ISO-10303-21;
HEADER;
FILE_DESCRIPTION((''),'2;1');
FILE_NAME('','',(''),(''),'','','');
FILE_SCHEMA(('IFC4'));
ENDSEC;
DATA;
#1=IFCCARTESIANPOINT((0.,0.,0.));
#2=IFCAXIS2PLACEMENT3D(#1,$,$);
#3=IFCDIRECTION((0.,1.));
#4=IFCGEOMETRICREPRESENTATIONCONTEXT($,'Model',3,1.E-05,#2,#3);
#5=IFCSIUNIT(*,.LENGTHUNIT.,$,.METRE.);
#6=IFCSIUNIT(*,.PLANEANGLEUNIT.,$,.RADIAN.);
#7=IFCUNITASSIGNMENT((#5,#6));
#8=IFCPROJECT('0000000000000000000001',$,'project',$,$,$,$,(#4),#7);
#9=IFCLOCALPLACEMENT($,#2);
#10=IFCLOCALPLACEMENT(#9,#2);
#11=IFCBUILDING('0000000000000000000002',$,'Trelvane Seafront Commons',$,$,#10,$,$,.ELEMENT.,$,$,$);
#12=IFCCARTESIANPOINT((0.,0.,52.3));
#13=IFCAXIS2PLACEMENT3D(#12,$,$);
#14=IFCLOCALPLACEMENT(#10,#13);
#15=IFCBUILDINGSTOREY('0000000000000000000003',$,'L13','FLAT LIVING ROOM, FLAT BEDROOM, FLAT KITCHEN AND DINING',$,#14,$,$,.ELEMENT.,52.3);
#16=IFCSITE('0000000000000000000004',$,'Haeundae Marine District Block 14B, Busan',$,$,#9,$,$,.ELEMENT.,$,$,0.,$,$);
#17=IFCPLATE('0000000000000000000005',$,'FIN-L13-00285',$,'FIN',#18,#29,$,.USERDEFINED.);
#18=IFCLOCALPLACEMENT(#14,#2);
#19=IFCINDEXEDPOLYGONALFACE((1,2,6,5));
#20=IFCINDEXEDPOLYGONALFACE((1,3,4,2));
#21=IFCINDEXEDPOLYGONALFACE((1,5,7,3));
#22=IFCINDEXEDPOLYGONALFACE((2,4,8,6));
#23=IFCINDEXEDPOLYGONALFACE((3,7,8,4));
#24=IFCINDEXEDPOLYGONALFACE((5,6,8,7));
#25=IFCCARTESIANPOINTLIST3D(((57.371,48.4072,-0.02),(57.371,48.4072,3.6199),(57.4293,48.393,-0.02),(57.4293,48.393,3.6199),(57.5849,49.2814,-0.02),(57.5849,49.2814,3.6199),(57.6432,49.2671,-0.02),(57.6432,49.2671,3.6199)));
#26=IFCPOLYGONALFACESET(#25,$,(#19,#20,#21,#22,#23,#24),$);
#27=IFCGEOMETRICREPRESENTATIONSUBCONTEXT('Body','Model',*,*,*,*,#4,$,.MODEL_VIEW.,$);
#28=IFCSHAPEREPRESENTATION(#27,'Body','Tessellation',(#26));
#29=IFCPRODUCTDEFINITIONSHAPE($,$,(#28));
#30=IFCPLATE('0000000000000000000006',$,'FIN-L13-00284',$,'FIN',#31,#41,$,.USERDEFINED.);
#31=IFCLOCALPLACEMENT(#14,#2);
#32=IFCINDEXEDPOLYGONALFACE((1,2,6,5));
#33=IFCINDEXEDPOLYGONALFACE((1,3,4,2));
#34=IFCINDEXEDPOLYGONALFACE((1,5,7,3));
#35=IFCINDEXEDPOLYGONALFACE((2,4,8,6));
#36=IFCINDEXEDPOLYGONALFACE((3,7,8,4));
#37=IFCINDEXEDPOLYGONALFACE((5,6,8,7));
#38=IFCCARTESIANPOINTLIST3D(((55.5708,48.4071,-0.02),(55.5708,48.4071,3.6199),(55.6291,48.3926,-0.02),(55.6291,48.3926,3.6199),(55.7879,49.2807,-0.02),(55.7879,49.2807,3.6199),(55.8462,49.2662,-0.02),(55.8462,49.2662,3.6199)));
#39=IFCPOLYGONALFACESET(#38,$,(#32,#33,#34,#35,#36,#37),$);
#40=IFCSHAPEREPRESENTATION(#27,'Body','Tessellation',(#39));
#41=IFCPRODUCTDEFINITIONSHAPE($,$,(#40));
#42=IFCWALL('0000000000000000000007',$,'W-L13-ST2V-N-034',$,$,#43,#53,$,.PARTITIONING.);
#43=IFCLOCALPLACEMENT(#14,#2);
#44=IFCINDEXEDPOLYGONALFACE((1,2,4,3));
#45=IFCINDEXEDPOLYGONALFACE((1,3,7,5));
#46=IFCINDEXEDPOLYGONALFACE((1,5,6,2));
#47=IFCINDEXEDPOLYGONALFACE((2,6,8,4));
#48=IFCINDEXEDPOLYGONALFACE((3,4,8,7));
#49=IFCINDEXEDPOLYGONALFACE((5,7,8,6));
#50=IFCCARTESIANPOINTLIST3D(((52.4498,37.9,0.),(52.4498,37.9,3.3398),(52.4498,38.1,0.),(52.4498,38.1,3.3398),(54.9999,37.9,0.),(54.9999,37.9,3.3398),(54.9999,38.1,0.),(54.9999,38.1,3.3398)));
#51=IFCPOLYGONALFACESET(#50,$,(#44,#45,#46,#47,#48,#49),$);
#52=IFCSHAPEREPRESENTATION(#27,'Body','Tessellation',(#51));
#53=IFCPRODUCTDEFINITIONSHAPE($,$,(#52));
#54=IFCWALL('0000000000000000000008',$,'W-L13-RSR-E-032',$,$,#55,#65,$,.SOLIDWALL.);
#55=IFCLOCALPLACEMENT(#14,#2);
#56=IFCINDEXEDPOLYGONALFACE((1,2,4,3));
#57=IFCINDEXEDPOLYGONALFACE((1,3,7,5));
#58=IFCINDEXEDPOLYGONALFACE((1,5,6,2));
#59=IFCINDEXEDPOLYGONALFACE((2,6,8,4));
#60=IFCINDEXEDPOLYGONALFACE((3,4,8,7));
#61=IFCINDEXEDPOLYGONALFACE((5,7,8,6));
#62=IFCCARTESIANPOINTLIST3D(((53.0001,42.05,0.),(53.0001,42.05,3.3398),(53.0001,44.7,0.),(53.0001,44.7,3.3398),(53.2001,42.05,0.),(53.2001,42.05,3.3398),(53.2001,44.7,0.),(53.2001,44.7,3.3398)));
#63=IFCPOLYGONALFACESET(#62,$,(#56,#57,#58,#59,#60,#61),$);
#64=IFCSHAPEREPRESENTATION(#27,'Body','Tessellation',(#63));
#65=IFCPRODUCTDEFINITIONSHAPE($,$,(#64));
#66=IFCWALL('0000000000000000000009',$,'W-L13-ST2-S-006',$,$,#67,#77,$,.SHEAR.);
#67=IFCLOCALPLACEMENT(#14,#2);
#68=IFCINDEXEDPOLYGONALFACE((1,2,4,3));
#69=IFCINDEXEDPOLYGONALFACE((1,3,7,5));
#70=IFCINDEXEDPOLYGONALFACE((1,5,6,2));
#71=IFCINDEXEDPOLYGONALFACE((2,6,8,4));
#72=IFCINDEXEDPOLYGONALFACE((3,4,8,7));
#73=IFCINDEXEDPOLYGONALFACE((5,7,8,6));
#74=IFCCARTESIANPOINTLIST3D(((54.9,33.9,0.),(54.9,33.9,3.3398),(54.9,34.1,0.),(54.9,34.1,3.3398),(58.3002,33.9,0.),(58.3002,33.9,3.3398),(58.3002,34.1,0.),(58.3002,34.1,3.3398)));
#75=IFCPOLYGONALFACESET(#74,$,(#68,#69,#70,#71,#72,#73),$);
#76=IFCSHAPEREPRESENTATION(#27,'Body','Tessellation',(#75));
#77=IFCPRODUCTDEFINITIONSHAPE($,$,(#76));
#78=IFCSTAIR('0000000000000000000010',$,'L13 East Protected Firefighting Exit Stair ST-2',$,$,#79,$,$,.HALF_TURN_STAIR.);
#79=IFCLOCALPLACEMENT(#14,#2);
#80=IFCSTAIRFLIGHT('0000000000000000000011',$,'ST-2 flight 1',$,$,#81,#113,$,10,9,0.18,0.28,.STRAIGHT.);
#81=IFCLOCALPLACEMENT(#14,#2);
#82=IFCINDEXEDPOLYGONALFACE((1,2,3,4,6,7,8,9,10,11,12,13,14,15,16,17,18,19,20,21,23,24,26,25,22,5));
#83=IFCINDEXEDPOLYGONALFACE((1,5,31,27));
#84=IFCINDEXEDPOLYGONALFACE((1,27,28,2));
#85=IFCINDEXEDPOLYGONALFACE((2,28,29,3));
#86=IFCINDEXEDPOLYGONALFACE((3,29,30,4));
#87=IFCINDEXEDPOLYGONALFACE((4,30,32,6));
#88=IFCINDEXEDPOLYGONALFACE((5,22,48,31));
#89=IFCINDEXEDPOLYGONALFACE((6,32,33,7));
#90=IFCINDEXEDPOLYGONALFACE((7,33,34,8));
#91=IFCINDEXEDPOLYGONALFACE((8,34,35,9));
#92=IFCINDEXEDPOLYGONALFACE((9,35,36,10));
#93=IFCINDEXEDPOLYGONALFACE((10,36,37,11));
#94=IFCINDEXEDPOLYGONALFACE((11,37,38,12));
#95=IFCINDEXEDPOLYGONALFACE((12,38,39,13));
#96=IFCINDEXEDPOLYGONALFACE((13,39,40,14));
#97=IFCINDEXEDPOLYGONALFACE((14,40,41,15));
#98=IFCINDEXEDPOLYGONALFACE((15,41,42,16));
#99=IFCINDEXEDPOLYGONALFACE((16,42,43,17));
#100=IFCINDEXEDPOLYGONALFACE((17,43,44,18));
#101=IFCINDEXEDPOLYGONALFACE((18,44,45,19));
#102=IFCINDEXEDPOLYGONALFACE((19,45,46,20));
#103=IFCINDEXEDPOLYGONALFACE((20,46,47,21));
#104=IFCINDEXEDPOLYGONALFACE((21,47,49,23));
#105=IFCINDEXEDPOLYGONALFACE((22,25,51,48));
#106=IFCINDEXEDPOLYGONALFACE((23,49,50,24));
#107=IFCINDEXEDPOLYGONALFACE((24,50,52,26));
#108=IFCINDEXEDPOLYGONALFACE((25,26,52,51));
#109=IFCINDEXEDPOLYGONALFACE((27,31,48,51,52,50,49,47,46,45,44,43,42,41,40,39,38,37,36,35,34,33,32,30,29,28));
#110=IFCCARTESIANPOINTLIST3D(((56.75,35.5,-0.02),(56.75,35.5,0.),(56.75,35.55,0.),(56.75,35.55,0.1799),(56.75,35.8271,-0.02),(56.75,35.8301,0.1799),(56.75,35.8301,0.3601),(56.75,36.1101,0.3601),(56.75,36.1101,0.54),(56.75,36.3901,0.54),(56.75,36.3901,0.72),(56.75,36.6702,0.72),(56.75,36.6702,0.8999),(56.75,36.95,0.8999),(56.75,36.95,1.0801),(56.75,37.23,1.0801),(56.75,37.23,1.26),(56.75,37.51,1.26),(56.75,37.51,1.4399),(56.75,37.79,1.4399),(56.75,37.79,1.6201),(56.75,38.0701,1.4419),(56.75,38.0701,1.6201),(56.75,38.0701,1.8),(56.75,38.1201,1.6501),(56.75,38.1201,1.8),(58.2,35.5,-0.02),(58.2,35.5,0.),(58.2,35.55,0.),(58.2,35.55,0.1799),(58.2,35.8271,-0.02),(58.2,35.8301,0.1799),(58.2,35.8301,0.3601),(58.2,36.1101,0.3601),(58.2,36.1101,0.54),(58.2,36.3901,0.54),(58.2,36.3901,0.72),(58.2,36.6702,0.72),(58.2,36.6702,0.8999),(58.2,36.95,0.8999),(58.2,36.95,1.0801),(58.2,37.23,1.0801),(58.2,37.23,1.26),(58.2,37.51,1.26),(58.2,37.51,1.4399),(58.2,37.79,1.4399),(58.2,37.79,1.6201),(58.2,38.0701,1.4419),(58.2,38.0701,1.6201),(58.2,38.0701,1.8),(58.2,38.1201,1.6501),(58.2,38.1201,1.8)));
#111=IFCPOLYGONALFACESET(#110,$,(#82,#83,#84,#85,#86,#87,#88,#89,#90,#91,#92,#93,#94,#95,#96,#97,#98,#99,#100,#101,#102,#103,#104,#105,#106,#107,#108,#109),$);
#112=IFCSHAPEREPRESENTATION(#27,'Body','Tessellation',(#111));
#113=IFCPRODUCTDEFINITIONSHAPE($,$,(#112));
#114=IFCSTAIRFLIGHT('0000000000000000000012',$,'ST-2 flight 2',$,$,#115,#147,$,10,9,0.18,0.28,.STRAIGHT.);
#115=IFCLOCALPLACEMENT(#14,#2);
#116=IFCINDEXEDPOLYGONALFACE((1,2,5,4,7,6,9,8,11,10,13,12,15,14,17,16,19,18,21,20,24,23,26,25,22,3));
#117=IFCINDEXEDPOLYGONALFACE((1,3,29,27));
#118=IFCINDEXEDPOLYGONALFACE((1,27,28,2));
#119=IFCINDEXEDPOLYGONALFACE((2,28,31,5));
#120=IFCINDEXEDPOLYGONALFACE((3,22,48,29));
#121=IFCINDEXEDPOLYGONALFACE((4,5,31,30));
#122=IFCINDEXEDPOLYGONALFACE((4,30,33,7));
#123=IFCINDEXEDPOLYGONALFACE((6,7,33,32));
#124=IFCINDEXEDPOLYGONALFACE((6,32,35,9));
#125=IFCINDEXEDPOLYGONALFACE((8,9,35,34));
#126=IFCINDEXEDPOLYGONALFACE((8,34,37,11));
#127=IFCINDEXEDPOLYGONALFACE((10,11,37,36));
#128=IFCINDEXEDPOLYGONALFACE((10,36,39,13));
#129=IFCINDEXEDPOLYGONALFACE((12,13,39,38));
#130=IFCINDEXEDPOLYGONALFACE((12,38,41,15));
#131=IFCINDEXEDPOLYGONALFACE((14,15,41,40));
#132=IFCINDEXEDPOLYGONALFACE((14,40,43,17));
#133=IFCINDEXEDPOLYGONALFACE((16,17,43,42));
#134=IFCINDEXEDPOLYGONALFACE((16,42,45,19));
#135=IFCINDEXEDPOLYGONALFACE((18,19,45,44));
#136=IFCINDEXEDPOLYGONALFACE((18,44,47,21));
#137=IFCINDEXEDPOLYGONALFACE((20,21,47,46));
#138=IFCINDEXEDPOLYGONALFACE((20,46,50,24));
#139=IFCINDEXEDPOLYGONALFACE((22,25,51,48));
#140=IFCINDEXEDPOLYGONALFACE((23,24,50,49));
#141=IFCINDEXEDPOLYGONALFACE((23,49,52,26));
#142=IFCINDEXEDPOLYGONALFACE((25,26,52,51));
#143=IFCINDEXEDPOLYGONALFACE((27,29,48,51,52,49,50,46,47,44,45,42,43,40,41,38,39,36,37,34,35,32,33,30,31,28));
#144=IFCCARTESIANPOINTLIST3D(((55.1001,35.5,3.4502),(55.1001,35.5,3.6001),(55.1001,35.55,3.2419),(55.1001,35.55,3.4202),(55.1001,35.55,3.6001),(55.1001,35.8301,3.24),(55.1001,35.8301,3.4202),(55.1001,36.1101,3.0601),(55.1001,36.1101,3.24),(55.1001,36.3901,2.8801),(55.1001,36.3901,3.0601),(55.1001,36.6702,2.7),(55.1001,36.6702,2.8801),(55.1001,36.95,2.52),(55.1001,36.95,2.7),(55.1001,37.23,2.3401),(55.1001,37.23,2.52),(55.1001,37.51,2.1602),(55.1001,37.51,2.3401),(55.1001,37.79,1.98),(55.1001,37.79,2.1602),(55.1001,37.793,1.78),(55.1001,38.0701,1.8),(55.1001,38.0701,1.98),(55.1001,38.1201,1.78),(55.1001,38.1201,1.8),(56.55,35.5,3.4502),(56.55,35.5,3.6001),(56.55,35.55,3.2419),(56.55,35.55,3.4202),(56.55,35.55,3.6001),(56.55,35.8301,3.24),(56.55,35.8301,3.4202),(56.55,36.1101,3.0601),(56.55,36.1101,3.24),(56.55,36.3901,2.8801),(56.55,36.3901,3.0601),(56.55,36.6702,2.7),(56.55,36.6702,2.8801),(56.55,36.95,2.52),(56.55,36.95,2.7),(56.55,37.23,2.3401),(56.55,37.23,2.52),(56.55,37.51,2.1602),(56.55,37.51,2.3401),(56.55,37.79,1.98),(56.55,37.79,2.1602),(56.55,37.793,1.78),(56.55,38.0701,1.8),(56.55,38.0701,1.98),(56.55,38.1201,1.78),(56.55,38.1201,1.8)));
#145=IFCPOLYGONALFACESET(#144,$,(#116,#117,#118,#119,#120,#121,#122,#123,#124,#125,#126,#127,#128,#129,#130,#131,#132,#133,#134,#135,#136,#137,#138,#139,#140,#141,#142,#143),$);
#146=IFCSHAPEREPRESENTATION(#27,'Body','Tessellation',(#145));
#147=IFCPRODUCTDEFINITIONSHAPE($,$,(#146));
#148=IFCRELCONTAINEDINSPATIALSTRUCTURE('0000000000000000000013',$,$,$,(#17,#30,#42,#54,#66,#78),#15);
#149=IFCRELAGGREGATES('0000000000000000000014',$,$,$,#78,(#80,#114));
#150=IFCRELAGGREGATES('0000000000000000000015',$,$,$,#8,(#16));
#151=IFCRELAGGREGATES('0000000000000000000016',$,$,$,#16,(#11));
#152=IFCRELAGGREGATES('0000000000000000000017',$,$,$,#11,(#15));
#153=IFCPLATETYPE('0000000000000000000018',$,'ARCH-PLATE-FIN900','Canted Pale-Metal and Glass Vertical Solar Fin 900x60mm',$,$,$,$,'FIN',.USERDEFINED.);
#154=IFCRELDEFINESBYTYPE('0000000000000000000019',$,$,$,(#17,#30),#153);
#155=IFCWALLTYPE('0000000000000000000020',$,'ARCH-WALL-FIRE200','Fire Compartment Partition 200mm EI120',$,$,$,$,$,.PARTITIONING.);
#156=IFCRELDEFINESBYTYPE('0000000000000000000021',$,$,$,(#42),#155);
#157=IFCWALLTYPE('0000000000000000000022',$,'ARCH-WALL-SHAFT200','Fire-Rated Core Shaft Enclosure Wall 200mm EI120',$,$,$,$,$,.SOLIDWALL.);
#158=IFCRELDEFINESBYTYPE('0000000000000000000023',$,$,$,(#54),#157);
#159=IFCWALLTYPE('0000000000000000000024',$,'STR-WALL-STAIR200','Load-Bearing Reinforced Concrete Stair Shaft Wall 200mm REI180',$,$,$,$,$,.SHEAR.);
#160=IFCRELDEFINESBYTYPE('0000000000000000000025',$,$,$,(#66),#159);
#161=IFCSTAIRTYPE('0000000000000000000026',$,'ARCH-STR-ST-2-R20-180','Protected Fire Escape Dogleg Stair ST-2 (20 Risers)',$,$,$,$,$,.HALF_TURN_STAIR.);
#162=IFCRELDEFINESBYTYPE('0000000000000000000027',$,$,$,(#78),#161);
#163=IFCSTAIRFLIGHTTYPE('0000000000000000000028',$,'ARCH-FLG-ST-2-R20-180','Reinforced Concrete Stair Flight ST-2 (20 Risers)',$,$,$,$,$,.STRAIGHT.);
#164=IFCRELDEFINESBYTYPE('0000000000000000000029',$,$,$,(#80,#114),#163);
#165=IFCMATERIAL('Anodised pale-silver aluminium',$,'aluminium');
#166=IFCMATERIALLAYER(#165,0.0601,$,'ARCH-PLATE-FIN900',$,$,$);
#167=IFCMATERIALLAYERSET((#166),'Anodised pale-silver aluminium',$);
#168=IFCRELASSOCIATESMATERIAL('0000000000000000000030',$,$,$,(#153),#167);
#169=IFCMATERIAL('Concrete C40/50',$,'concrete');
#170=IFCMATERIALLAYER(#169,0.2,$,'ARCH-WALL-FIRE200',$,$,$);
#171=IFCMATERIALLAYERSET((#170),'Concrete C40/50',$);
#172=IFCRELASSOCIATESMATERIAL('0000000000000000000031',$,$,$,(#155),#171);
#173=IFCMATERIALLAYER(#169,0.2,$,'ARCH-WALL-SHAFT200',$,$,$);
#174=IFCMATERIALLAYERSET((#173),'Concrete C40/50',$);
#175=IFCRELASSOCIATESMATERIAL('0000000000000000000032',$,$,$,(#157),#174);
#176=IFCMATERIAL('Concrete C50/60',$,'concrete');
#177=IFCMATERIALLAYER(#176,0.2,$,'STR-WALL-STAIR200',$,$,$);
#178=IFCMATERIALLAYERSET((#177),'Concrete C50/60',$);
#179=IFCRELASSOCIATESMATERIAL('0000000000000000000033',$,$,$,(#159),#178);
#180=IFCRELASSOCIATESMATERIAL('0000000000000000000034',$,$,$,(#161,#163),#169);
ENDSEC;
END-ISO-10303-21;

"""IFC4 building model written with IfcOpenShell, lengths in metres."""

from ifc_helpers import new_model, si_unit, direction, frame, frame_2d, origin, origin_2d, place, context, subcontext, project, spatial, polyline, rectangle, outline, extrude, source, transform, mapped, material, layer, layer_set, type_object, element, aggregate, save


model = new_model("IFC4")

# Units and contexts
model_context = context("Model", 3, precision=1e-05, world=origin(), true_north=direction((0.0, 1.0)))
body_context = subcontext(model_context, "Body", "Model", "MODEL_VIEW")
ifc_project = project(units=[si_unit("LENGTHUNIT", "METRE"), si_unit("PLANEANGLEUNIT", "RADIAN")], contexts=[model_context])

# Site, building, storey
site_placement = place(None, origin())
site = spatial("IfcSite", under=ifc_project, at=site_placement, Name="Haeundae Marine District Block 14B, Busan", CompositionType="ELEMENT", RefElevation=0.0)
building_placement = place(site_placement, origin())
building = spatial("IfcBuilding", under=site, at=building_placement, Name="Trelvane Seafront Commons", CompositionType="ELEMENT")
storey_placement = place(building_placement, frame((0.0, 0.0, 52.3)))
storey = spatial("IfcBuildingStorey", under=building, at=storey_placement, Name="L13", Description="FLAT LIVING ROOM, FLAT BEDROOM, FLAT KITCHEN AND DINING", CompositionType="ELEMENT", Elevation=52.3)

# Shared definitions
ifc_material_1 = material(Name="Anodised pale-silver aluminium", Category="aluminium")

# Plates
ifc_layer_1 = layer(ifc_material_1, 0.0601, Name="ARCH-PLATE-FIN900")
ifc_layer_set_1 = layer_set([ifc_layer_1], Name="Anodised pale-silver aluminium")
plate_type_1 = type_object("IfcPlateType", Name="ARCH-PLATE-FIN900", Description="Canted Pale-Metal and Glass Vertical Solar Fin 900x60mm", ElementType="FIN", PredefinedType="USERDEFINED", material=ifc_layer_set_1)
shared_shape_1 = source(origin(), body_context, "Body", "SweptSolid", [
    extrude(rectangle(XDim=0.8999, YDim=0.0601, at=origin_2d()), origin(), (0.0, 0.0, 1.0), 3.6399),
])
for number, where, z_axis, x_axis, name in (
    (1, (57.5071, 48.8372, -0.02), (0.0, 0.0, 1.0), (0.237669, 0.971346, 0.0), "FIN-L13-00285"),
):
    element("IfcPlate", number, at=place(storey_placement, frame(where, z_axis=z_axis, x_axis=x_axis)), inside=storey, type_object=plate_type_1, Name=name, ObjectType="FIN", PredefinedType="USERDEFINED", context=body_context, shape_type="MappedRepresentation", body=[
        mapped(shared_shape_1, transform((0.0, 0.0, 0.0), x_axis=(1.0, 0.0, 0.0), y_axis=(0.0, 1.0, 0.0), z_axis=(0.0, 0.0, 1.0), scale=1.0)),
    ])
shared_shape_2 = source(origin(), body_context, "Body", "SweptSolid", [
    extrude(rectangle(XDim=0.9001, YDim=0.0601, at=origin_2d()), origin(), (0.0, 0.0, 1.0), 3.6399),
])
plate_1_placement = place(storey_placement, frame((55.7085, 48.8367, -0.02), z_axis=(0.0, 0.0, 1.0), x_axis=(0.241097, 0.970501, 0.0)))
element("IfcPlate", 2, at=plate_1_placement, inside=storey, type_object=plate_type_1, Name="FIN-L13-00284", ObjectType="FIN", PredefinedType="USERDEFINED", context=body_context, shape_type="MappedRepresentation", body=[
    mapped(shared_shape_2, transform((0.0, 0.0, 0.0), x_axis=(1.0, 0.0, 0.0), y_axis=(0.0, 1.0, 0.0), z_axis=(0.0, 0.0, 1.0), scale=1.0)),
])

# Walls
ifc_material_2 = material(Name="Concrete C40/50", Category="concrete")
ifc_layer_2 = layer(ifc_material_2, 0.2, Name="ARCH-WALL-FIRE200")
ifc_layer_set_2 = layer_set([ifc_layer_2], Name="Concrete C40/50")
wall_type_1 = type_object("IfcWallType", Name="ARCH-WALL-FIRE200", Description="Fire Compartment Partition 200mm EI120", PredefinedType="PARTITIONING", material=ifc_layer_set_2)
wall_1_placement = place(storey_placement, frame((52.45, 38.0, 0.0), z_axis=(0.0, 0.0, 1.0), x_axis=(1.0, 0.0, 0.0)))
element("IfcWall", 3, at=wall_1_placement, inside=storey, type_object=wall_type_1, Name="W-L13-ST2V-N-034", PredefinedType="PARTITIONING", context=body_context, shape_type="SweptSolid", body=[
    extrude(rectangle(XDim=2.55, YDim=0.2, at=frame_2d((1.2749, 0.0))), origin(), (0.0, 0.0, 1.0), 3.3398),
])
ifc_layer_3 = layer(ifc_material_2, 0.2, Name="ARCH-WALL-SHAFT200")
ifc_layer_set_3 = layer_set([ifc_layer_3], Name="Concrete C40/50")
wall_type_2 = type_object("IfcWallType", Name="ARCH-WALL-SHAFT200", Description="Fire-Rated Core Shaft Enclosure Wall 200mm EI120", PredefinedType="SOLIDWALL", material=ifc_layer_set_3)
wall_2_placement = place(storey_placement, frame((53.1001, 42.05, 0.0), z_axis=(0.0, 0.0, 1.0), x_axis=(0.0, 1.0, 0.0)))
element("IfcWall", 4, at=wall_2_placement, inside=storey, type_object=wall_type_2, Name="W-L13-RSR-E-032", PredefinedType="SOLIDWALL", context=body_context, shape_type="SweptSolid", body=[
    extrude(rectangle(XDim=2.6499, YDim=0.2, at=frame_2d((1.325, 0.0))), origin(), (0.0, 0.0, 1.0), 3.3398),
])
ifc_material_3 = material(Name="Concrete C50/60", Category="concrete")
ifc_layer_4 = layer(ifc_material_3, 0.2, Name="STR-WALL-STAIR200")
ifc_layer_set_4 = layer_set([ifc_layer_4], Name="Concrete C50/60")
wall_type_3 = type_object("IfcWallType", Name="STR-WALL-STAIR200", Description="Load-Bearing Reinforced Concrete Stair Shaft Wall 200mm REI180", PredefinedType="SHEAR", material=ifc_layer_set_4)
wall_3_placement = place(storey_placement, frame((54.8999, 34.0, 0.0), z_axis=(0.0, 0.0, 1.0), x_axis=(1.0, 0.0, 0.0)))
element("IfcWall", 5, at=wall_3_placement, inside=storey, type_object=wall_type_3, Name="W-L13-ST2-S-006", PredefinedType="SHEAR", context=body_context, shape_type="SweptSolid", body=[
    extrude(rectangle(XDim=3.4001, YDim=0.2, at=frame_2d((1.7002, 0.0))), origin(), (0.0, 0.0, 1.0), 3.3398),
])

# Stair, stair flights
stair_type = type_object("IfcStairType", Name="ARCH-STR-ST-2-R20-180", Description="Protected Fire Escape Dogleg Stair ST-2 (20 Risers)", PredefinedType="HALF_TURN_STAIR", material=ifc_material_2)
stair_placement = place(storey_placement, origin())
stair = element("IfcStair", 6, at=stair_placement, inside=storey, type_object=stair_type, Name="L13 East Protected Firefighting Exit Stair ST-2", PredefinedType="HALF_TURN_STAIR")
stair_flight_type = type_object("IfcStairFlightType", Name="ARCH-FLG-ST-2-R20-180", Description="Reinforced Concrete Stair Flight ST-2 (20 Risers)", PredefinedType="STRAIGHT", material=ifc_material_2)
shared_shape_3 = source(origin(), body_context, "Body", "SweptSolid", [
    extrude(outline(polyline([(-0.05, -0.02), (-0.05, 0.0), (0.0, 0.0), (0.0, 0.1799), (0.28, 0.1799), (0.28, 0.3601), (0.5601, 0.3601), (0.5601, 0.54), (0.8401, 0.54), (0.8401, 0.72), (1.1201, 0.72), (1.1201, 0.8999), (1.3999, 0.8999), (1.3999, 1.0801), (1.6799, 1.0801), (1.6799, 1.26), (1.96, 1.26), (1.96, 1.4399), (2.24, 1.4399), (2.24, 1.6201), (2.52, 1.6201), (2.52, 1.8), (2.5701, 1.8), (2.5701, 1.6501), (2.52, 1.4419), (0.2771, -0.02), (-0.05, -0.02)])), frame((0.0, 0.7251, 0.0), z_axis=(0.0, -1.0, 0.0), x_axis=(1.0, 0.0, 0.0)), (0.0, 0.0, 1.0), 1.45),
])
stair_flight_1_placement = place(storey_placement, frame((57.4751, 35.55, 0.0), z_axis=(0.0, 0.0, 1.0), x_axis=(0.0, 1.0, 0.0)))
stair_flight_1 = element("IfcStairFlight", 7, at=stair_flight_1_placement, type_object=stair_flight_type, Name="ST-2 flight 1", NumberOfRisers=10, NumberOfTreads=9, PredefinedType="STRAIGHT", RiserHeight=0.18, TreadLength=0.28, context=body_context, shape_type="MappedRepresentation", body=[
    mapped(shared_shape_3, transform((0.0, 0.0, 0.0), x_axis=(1.0, 0.0, 0.0), y_axis=(0.0, 1.0, 0.0), z_axis=(0.0, 0.0, 1.0), scale=1.0)),
])
stair_flight_2_placement = place(storey_placement, frame((55.825, 38.0701, 1.8), z_axis=(0.0, 0.0, 1.0), x_axis=(0.0, -1.0, 0.0)))
stair_flight_2 = element("IfcStairFlight", 8, at=stair_flight_2_placement, type_object=stair_flight_type, Name="ST-2 flight 2", NumberOfRisers=10, NumberOfTreads=9, PredefinedType="STRAIGHT", RiserHeight=0.18, TreadLength=0.28, context=body_context, shape_type="MappedRepresentation", body=[
    mapped(shared_shape_3, transform((0.0, 0.0, 0.0), x_axis=(1.0, 0.0, 0.0), y_axis=(0.0, 1.0, 0.0), z_axis=(0.0, 0.0, 1.0), scale=1.0)),
])
aggregate(stair, [stair_flight_1, stair_flight_2])

save(model, "model.ifc")
